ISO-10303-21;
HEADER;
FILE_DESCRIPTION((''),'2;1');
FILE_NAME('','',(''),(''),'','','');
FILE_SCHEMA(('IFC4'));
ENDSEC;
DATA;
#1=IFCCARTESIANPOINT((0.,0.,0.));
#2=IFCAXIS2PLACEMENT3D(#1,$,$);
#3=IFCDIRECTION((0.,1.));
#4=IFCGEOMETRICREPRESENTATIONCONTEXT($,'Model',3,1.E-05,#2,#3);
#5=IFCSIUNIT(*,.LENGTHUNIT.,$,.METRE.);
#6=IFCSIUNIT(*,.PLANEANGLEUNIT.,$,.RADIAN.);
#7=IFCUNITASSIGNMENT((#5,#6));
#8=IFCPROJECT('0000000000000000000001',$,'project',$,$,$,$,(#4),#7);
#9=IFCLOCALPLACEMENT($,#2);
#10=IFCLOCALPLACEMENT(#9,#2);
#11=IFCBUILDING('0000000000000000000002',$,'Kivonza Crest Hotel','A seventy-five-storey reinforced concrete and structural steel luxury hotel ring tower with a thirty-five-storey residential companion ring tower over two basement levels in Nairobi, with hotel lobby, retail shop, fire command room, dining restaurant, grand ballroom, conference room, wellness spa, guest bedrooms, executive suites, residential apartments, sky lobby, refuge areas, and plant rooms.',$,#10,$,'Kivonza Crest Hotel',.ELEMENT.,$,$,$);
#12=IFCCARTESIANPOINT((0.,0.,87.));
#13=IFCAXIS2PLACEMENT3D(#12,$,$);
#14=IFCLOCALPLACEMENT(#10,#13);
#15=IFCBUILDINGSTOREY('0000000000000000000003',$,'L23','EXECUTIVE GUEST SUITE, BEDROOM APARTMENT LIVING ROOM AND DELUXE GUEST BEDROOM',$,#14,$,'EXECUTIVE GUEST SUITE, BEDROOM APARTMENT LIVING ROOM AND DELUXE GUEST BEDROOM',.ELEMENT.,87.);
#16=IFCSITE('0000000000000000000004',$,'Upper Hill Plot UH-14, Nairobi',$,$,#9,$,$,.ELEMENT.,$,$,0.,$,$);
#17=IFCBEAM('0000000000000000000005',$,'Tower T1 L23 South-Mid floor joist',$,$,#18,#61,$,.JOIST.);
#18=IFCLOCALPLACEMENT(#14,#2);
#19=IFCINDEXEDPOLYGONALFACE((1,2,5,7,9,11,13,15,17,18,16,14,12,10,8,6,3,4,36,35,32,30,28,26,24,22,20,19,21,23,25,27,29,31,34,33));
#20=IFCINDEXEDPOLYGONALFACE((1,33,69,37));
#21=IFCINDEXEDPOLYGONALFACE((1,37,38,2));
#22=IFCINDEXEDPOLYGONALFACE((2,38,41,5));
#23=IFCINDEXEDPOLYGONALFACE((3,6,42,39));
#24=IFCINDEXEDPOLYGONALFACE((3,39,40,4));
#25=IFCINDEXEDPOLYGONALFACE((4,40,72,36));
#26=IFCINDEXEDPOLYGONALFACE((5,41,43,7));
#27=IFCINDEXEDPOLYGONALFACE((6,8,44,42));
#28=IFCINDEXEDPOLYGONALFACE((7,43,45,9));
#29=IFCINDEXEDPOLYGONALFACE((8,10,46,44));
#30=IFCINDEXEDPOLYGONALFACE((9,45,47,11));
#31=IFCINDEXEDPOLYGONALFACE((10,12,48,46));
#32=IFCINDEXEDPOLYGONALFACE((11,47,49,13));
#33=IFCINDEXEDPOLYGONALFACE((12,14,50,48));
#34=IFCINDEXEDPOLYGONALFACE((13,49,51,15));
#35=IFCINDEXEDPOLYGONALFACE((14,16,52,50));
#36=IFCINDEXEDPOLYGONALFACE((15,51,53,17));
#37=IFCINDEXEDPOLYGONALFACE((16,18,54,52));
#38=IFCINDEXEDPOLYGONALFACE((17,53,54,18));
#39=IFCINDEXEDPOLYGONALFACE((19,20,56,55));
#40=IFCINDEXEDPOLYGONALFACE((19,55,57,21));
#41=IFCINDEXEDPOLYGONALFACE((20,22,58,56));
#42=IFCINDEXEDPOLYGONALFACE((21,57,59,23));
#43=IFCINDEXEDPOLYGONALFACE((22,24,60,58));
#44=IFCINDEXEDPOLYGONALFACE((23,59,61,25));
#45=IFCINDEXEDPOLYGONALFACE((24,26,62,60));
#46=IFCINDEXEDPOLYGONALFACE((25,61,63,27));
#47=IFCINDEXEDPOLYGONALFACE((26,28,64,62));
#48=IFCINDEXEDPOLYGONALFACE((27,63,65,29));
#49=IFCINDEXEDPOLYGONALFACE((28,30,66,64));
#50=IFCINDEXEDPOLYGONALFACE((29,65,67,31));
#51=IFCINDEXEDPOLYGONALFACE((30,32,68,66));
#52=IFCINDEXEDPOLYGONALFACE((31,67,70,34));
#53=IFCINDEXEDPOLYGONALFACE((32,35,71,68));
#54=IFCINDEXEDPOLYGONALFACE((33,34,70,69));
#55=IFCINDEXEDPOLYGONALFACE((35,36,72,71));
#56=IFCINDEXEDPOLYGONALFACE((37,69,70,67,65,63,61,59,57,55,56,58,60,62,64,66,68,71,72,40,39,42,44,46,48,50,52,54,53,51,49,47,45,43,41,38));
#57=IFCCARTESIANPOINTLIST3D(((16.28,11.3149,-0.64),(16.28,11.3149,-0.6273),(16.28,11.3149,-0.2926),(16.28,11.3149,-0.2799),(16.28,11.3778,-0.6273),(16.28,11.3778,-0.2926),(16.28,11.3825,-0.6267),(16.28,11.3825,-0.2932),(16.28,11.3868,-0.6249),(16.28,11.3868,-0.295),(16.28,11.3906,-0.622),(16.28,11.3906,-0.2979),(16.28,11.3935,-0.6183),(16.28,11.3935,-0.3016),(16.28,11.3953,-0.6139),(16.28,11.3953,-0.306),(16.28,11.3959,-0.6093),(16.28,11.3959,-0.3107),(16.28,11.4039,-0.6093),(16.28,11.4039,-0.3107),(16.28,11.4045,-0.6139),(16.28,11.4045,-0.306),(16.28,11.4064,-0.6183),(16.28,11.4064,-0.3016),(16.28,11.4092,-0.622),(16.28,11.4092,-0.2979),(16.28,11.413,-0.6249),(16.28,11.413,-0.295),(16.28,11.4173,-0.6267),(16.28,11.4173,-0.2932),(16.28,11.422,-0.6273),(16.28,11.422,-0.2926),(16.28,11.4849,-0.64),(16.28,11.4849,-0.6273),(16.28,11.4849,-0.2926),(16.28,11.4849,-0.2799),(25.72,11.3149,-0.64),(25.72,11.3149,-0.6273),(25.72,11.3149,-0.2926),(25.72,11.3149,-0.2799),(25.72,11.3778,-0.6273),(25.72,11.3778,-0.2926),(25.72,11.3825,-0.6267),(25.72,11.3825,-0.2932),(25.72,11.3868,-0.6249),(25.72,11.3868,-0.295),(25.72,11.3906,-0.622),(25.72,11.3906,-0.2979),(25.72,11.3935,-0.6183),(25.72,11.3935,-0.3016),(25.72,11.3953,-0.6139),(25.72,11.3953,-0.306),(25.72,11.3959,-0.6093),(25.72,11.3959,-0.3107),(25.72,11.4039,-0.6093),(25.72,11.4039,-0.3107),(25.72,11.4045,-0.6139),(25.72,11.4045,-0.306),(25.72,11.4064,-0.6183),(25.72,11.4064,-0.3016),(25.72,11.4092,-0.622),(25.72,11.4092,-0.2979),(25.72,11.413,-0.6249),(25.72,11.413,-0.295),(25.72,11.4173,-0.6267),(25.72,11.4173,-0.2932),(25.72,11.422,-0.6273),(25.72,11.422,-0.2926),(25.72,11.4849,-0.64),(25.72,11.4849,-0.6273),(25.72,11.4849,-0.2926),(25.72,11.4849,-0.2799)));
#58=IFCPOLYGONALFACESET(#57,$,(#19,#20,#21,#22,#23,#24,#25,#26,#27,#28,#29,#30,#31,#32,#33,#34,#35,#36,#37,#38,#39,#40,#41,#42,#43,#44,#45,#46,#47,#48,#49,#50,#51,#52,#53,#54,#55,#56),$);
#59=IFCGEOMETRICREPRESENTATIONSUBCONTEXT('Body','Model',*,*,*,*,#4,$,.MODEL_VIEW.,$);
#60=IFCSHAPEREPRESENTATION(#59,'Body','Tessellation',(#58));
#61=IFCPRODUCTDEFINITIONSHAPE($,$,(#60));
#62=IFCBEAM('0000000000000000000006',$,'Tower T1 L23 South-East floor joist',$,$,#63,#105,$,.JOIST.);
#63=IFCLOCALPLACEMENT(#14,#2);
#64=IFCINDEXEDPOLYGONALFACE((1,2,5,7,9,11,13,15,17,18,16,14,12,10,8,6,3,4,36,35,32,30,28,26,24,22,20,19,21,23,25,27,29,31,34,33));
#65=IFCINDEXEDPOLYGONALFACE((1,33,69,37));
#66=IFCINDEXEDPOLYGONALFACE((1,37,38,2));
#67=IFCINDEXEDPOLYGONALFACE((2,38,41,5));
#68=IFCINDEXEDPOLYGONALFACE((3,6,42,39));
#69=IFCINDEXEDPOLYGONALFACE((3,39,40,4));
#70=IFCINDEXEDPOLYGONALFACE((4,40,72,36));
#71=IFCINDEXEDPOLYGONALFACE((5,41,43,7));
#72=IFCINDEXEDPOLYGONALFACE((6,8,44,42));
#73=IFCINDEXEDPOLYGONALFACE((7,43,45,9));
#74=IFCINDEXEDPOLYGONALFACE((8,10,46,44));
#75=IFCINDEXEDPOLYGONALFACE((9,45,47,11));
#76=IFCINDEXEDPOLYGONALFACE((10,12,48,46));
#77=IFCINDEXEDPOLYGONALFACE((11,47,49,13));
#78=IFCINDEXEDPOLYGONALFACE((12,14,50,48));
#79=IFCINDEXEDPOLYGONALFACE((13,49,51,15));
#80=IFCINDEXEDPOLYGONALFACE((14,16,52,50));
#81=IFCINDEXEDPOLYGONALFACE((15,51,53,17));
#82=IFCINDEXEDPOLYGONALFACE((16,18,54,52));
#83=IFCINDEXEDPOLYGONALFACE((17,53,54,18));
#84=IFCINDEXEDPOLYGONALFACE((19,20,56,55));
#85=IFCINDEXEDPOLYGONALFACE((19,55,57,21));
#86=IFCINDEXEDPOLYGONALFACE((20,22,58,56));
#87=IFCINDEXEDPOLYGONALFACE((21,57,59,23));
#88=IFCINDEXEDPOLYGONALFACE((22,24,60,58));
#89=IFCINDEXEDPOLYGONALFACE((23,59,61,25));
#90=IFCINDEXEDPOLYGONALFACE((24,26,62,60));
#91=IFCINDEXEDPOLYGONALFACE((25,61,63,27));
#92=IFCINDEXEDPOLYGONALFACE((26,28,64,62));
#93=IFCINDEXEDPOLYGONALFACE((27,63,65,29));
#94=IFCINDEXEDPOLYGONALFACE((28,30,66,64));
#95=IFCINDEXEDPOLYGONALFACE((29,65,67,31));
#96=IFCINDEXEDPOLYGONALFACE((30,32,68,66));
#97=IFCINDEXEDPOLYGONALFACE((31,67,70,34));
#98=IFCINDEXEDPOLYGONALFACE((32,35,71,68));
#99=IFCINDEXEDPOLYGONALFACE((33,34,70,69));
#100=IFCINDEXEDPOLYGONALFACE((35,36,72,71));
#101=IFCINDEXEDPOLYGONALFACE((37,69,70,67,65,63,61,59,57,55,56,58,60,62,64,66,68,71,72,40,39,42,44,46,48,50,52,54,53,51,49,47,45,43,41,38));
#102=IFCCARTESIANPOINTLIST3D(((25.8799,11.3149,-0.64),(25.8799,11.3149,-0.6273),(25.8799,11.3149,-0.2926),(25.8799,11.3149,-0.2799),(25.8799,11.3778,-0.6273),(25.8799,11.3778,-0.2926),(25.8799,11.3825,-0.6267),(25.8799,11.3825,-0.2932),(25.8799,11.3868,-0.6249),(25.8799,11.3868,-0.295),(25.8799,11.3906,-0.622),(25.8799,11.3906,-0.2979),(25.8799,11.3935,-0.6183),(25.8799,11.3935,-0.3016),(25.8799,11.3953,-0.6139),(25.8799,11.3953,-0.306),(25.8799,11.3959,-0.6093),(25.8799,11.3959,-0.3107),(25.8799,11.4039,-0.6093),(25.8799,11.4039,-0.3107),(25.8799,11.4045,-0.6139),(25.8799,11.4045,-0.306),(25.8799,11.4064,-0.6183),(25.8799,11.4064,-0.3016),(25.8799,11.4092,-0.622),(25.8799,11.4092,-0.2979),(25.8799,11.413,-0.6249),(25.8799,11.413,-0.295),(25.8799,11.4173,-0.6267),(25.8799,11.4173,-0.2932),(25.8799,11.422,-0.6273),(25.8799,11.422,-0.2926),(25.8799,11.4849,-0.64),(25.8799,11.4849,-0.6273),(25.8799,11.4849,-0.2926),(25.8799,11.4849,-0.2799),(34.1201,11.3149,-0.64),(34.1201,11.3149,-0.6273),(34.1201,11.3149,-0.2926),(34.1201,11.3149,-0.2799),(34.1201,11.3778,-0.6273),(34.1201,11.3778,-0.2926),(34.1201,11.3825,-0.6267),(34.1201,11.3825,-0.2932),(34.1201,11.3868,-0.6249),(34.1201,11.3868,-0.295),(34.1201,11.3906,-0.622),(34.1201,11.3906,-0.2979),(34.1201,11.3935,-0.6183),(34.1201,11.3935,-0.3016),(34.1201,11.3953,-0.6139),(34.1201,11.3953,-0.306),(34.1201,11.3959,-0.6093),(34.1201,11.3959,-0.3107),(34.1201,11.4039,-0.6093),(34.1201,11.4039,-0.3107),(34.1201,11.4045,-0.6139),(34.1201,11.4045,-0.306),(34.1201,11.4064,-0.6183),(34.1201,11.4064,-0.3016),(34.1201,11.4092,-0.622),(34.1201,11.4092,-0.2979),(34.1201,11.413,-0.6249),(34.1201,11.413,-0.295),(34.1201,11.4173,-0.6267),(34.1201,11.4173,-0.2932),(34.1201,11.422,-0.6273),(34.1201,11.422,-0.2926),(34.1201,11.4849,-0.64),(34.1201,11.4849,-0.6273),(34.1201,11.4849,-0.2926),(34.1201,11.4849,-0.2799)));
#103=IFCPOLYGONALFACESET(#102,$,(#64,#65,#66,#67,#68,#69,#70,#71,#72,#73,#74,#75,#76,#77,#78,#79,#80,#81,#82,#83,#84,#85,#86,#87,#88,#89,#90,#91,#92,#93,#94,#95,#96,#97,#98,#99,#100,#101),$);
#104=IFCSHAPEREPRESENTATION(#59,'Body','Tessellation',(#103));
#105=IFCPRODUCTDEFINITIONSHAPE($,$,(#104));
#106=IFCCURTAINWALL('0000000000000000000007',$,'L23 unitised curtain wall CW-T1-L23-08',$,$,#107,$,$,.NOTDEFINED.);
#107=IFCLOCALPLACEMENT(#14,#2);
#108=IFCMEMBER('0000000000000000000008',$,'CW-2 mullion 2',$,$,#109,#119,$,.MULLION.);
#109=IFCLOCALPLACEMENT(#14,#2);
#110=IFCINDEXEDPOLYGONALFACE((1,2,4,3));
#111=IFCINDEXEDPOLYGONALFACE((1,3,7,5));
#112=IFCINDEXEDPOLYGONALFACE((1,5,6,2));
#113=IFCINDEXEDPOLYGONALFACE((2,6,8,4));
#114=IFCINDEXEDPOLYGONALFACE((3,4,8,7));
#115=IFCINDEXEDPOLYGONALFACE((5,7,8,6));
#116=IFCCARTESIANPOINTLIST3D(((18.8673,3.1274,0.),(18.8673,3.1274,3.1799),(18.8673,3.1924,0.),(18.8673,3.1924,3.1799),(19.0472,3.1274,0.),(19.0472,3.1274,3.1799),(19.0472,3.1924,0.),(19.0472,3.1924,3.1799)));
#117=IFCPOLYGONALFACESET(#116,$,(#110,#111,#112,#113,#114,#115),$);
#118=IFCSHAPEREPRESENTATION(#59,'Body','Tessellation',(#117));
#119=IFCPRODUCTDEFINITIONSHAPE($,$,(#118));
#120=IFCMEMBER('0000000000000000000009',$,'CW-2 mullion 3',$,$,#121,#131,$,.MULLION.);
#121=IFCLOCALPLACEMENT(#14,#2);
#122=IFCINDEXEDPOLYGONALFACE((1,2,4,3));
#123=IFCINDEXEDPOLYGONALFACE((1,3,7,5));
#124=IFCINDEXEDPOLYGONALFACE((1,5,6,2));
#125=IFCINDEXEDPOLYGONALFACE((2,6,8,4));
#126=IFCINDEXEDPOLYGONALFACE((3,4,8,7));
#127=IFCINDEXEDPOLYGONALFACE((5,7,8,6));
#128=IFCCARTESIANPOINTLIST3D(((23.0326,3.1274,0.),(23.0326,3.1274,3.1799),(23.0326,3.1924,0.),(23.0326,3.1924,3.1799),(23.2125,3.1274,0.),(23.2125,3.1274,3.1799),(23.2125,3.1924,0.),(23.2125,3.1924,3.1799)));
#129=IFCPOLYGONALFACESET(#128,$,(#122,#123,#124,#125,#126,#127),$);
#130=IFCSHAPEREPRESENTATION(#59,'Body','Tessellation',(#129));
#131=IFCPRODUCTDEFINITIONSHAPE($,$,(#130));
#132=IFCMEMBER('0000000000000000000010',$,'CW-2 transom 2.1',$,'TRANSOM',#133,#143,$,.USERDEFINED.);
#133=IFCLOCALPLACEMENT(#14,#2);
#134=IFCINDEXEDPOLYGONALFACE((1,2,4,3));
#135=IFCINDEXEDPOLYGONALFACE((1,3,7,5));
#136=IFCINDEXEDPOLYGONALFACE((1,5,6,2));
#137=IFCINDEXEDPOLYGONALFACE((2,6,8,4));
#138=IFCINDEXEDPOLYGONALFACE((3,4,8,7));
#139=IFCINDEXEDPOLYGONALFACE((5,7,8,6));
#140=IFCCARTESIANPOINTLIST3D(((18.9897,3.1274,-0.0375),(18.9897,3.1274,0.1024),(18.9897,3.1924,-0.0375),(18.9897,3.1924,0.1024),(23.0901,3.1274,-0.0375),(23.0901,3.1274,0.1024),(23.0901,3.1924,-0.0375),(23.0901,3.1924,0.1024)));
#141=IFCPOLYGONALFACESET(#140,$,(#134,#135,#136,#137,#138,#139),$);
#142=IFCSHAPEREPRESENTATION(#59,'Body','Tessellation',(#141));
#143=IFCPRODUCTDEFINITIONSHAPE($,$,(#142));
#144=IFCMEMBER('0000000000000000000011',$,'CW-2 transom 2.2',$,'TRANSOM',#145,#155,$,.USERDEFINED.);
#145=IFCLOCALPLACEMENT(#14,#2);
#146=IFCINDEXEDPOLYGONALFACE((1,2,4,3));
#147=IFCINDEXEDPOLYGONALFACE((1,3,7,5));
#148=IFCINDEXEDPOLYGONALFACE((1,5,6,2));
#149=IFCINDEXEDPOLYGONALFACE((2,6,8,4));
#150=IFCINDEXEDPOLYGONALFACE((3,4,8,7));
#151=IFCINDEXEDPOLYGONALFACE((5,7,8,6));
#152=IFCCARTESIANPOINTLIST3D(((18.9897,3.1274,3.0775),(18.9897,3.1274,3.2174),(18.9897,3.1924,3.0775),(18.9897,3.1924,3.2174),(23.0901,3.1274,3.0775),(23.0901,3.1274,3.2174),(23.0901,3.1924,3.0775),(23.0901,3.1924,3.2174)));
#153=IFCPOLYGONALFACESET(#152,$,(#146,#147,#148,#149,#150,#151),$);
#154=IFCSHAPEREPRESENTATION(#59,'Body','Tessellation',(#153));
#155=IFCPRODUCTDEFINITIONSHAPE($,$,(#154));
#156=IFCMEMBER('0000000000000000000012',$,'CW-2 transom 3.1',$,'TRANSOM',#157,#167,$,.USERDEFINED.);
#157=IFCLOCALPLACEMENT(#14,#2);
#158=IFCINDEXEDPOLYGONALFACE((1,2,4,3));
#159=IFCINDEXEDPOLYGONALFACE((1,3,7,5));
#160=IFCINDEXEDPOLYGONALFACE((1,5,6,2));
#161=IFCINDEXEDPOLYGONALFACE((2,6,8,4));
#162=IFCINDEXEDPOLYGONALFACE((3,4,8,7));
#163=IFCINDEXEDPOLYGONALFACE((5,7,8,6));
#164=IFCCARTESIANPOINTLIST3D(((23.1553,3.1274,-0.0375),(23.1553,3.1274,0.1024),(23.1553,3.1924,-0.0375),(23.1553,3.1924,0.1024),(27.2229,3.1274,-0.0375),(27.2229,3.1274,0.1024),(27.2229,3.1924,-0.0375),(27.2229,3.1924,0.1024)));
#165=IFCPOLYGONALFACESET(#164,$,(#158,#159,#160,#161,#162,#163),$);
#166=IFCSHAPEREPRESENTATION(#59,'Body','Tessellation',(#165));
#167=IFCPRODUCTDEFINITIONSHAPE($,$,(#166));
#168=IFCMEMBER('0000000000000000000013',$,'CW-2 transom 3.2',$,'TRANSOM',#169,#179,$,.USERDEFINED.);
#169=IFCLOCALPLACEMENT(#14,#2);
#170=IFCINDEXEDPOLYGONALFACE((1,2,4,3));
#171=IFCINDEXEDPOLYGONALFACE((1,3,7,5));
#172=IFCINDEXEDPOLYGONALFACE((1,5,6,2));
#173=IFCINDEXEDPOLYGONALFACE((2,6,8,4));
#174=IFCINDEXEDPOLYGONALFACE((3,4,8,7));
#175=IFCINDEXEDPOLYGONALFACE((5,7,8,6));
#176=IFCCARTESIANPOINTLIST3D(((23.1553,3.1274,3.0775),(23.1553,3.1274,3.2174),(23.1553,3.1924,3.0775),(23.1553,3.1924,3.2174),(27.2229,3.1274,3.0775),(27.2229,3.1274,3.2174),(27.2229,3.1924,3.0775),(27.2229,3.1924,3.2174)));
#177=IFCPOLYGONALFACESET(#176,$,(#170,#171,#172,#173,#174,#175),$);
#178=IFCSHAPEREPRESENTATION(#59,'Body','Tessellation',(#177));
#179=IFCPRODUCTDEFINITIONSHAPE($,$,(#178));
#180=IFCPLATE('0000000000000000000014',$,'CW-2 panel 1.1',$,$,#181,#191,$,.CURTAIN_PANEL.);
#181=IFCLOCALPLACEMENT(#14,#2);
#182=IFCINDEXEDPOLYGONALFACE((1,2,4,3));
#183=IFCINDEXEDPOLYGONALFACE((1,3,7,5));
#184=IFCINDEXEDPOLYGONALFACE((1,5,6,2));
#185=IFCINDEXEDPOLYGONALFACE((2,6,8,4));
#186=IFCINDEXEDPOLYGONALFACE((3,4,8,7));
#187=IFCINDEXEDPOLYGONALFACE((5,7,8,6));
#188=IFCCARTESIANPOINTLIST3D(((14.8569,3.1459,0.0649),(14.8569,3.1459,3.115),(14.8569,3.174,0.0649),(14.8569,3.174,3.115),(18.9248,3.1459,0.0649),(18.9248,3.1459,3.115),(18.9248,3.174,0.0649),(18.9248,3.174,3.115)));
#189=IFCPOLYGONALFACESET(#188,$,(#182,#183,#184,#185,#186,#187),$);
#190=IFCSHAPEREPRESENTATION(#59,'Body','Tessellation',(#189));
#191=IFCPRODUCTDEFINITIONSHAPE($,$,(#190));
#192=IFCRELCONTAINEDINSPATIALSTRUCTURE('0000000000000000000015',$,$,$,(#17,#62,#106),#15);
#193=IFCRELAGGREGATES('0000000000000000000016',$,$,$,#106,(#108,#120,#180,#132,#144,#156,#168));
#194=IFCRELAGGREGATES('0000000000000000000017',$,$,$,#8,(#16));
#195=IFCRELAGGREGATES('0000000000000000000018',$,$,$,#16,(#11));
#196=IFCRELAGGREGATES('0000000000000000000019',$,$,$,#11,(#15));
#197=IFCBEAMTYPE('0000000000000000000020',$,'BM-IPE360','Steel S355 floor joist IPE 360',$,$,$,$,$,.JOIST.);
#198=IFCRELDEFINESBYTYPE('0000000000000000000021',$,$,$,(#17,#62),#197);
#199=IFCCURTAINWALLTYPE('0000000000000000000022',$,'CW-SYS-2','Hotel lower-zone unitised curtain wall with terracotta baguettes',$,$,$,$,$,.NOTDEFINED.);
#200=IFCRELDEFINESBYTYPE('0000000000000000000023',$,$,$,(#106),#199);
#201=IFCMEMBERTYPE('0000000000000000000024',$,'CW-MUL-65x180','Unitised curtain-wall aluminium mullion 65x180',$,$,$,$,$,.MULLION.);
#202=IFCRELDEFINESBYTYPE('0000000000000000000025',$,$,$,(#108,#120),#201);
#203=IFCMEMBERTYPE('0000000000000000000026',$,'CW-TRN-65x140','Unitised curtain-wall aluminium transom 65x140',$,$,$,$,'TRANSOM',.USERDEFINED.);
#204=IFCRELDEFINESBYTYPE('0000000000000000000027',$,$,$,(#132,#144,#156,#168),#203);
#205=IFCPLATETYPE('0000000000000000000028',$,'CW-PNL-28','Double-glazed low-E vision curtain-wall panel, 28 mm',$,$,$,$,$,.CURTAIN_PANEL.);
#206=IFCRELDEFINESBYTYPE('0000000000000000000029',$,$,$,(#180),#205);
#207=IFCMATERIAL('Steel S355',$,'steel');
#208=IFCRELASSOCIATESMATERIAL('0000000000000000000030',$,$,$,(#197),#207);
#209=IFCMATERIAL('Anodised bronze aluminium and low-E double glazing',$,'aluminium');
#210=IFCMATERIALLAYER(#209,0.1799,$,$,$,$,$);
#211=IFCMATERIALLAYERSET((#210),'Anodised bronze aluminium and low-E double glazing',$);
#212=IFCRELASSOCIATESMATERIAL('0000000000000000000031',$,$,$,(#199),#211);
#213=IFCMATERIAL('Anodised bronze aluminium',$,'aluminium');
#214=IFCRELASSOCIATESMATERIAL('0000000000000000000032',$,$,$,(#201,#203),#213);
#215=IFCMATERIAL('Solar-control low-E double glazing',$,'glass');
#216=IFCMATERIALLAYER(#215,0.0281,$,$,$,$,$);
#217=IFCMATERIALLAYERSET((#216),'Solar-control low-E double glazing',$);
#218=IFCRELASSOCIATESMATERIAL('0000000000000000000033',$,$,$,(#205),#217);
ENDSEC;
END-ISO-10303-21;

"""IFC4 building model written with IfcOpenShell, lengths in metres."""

from ifc_helpers import new_model, si_unit, direction, frame, origin, origin_2d, place, context, subcontext, project, spatial, rectangle, i_section, extrude, material, layer, layer_set, material_profile, profile_set, type_object, element, aggregate, save


model = new_model("IFC4")

# Units and contexts
model_context = context("Model", 3, precision=1e-05, world=origin(), true_north=direction((0.0, 1.0)))
body_context = subcontext(model_context, "Body", "Model", "MODEL_VIEW")
ifc_project = project(units=[si_unit("LENGTHUNIT", "METRE"), si_unit("PLANEANGLEUNIT", "RADIAN")], contexts=[model_context])

# Site, building, storey
site_placement = place(None, origin())
site = spatial("IfcSite", under=ifc_project, at=site_placement, Name="Upper Hill Plot UH-14, Nairobi", CompositionType="ELEMENT", RefElevation=0.0)
building_placement = place(site_placement, origin())
building = spatial("IfcBuilding", under=site, at=building_placement, Name="Kivonza Crest Hotel", Description="A seventy-five-storey reinforced concrete and structural steel luxury hotel ring tower with a thirty-five-storey residential companion ring tower over two basement levels in Nairobi, with hotel lobby, retail shop, fire command room, dining restaurant, grand ballroom, conference room, wellness spa, guest bedrooms, executive suites, residential apartments, sky lobby, refuge areas, and plant rooms.", LongName="Kivonza Crest Hotel", CompositionType="ELEMENT")
storey_placement = place(building_placement, frame((0.0, 0.0, 87.0)))
storey = spatial("IfcBuildingStorey", under=building, at=storey_placement, Name="L23", Description="EXECUTIVE GUEST SUITE, BEDROOM APARTMENT LIVING ROOM AND DELUXE GUEST BEDROOM", LongName="EXECUTIVE GUEST SUITE, BEDROOM APARTMENT LIVING ROOM AND DELUXE GUEST BEDROOM", CompositionType="ELEMENT", Elevation=87.0)

# Beams
ifc_material_1 = material(Name="Steel S355", Category="steel")
ifc_material_profile_1 = material_profile(ifc_material_1, i_section(OverallWidth=0.1699, OverallDepth=0.3601, WebThickness=0.0081, FlangeThickness=0.0127, FilletRadius=0.0181, at=origin_2d()), Name="IPE 360")
ifc_profile_set_1 = profile_set([ifc_material_profile_1], Name="Steel S355")
beam_type_1 = type_object("IfcBeamType", Name="BM-IPE360", Description="Steel S355 floor joist IPE 360", PredefinedType="JOIST", material=ifc_profile_set_1)
beam_1_placement = place(storey_placement, frame((16.28, 11.3999, -0.46), z_axis=(1.0, 0.0, 0.0), x_axis=(0.0, 1.0, 0.0)))
element("IfcBeam", 1, at=beam_1_placement, inside=storey, type_object=beam_type_1, Name="Tower T1 L23 South-Mid floor joist", PredefinedType="JOIST", context=body_context, shape_type="SweptSolid", body=[
    extrude(i_section(OverallWidth=0.1699, OverallDepth=0.3601, WebThickness=0.0081, FlangeThickness=0.0127, FilletRadius=0.0181, at=origin_2d()), origin(), (0.0, 0.0, 1.0), 9.4399),
])
beam_2_placement = place(storey_placement, frame((25.8799, 11.3999, -0.46), z_axis=(1.0, 0.0, 0.0), x_axis=(0.0, 1.0, 0.0)))
element("IfcBeam", 2, at=beam_2_placement, inside=storey, type_object=beam_type_1, Name="Tower T1 L23 South-East floor joist", PredefinedType="JOIST", context=body_context, shape_type="SweptSolid", body=[
    extrude(i_section(OverallWidth=0.1699, OverallDepth=0.3601, WebThickness=0.0081, FlangeThickness=0.0127, FilletRadius=0.0181, at=origin_2d()), origin(), (0.0, 0.0, 1.0), 8.2402),
])

# Curtain wall, members, plate
ifc_material_2 = material(Name="Anodised bronze aluminium and low-E double glazing", Category="aluminium")
ifc_layer_1 = layer(ifc_material_2, 0.1799)
ifc_layer_set_1 = layer_set([ifc_layer_1], Name="Anodised bronze aluminium and low-E double glazing")
curtain_wall_type = type_object("IfcCurtainWallType", Name="CW-SYS-2", Description="Hotel lower-zone unitised curtain wall with terracotta baguettes", PredefinedType="NOTDEFINED", material=ifc_layer_set_1)
curtain_wall_placement = place(storey_placement, origin())
curtain_wall = element("IfcCurtainWall", 3, at=curtain_wall_placement, inside=storey, type_object=curtain_wall_type, Name="L23 unitised curtain wall CW-T1-L23-08", PredefinedType="NOTDEFINED")
ifc_material_3 = material(Name="Anodised bronze aluminium", Category="aluminium")
ifc_material_profile_2 = material_profile(ifc_material_3, rectangle(XDim=0.0649, YDim=0.1799, at=origin_2d()), Name="CW-M 65x180")
ifc_profile_set_2 = profile_set([ifc_material_profile_2], Name="Anodised bronze aluminium")
member_type_1 = type_object("IfcMemberType", Name="CW-MUL-65x180", Description="Unitised curtain-wall aluminium mullion 65x180", PredefinedType="MULLION", material=ifc_profile_set_2)
member_1_placement = place(storey_placement, frame((18.9573, 3.1599, 0.0), z_axis=(0.0, 0.0, 1.0), x_axis=(0.0, 1.0, 0.0)))
member_1 = element("IfcMember", 4, at=member_1_placement, type_object=member_type_1, Name="CW-2 mullion 2", PredefinedType="MULLION", context=body_context, shape_type="SweptSolid", body=[
    extrude(rectangle(XDim=0.0649, YDim=0.1799, at=origin_2d()), origin(), (0.0, 0.0, 1.0), 3.1799),
])
member_2_placement = place(storey_placement, frame((23.1226, 3.1599, 0.0), z_axis=(0.0, 0.0, 1.0), x_axis=(0.0, 1.0, 0.0)))
member_2 = element("IfcMember", 5, at=member_2_placement, type_object=member_type_1, Name="CW-2 mullion 3", PredefinedType="MULLION", context=body_context, shape_type="SweptSolid", body=[
    extrude(rectangle(XDim=0.0649, YDim=0.1799, at=origin_2d()), origin(), (0.0, 0.0, 1.0), 3.1799),
])
ifc_material_profile_3 = material_profile(ifc_material_3, rectangle(XDim=0.0649, YDim=0.1399, at=origin_2d()), Name="CW-T 65x140")
ifc_profile_set_3 = profile_set([ifc_material_profile_3], Name="Anodised bronze aluminium")
member_type_2 = type_object("IfcMemberType", Name="CW-TRN-65x140", Description="Unitised curtain-wall aluminium transom 65x140", ElementType="TRANSOM", PredefinedType="USERDEFINED", material=ifc_profile_set_3)
member_3_placement = place(storey_placement, frame((18.9897, 3.1599, 0.0325), z_axis=(1.0, 0.0, 0.0), x_axis=(0.0, 1.0, 0.0)))
member_3 = element("IfcMember", 6, at=member_3_placement, type_object=member_type_2, Name="CW-2 transom 2.1", ObjectType="TRANSOM", PredefinedType="USERDEFINED", context=body_context, shape_type="SweptSolid", body=[
    extrude(rectangle(XDim=0.0649, YDim=0.1399, at=origin_2d()), origin(), (0.0, 0.0, 1.0), 4.1003),
])
member_4_placement = place(storey_placement, frame((18.9897, 3.1599, 3.1475), z_axis=(1.0, 0.0, 0.0), x_axis=(0.0, 1.0, 0.0)))
member_4 = element("IfcMember", 7, at=member_4_placement, type_object=member_type_2, Name="CW-2 transom 2.2", ObjectType="TRANSOM", PredefinedType="USERDEFINED", context=body_context, shape_type="SweptSolid", body=[
    extrude(rectangle(XDim=0.0649, YDim=0.1399, at=origin_2d()), origin(), (0.0, 0.0, 1.0), 4.1003),
])
member_5_placement = place(storey_placement, frame((23.1553, 3.1599, 0.0325), z_axis=(1.0, 0.0, 0.0), x_axis=(0.0, 1.0, 0.0)))
member_5 = element("IfcMember", 8, at=member_5_placement, type_object=member_type_2, Name="CW-2 transom 3.1", ObjectType="TRANSOM", PredefinedType="USERDEFINED", context=body_context, shape_type="SweptSolid", body=[
    extrude(rectangle(XDim=0.0649, YDim=0.1399, at=origin_2d()), origin(), (0.0, 0.0, 1.0), 4.0676),
])
member_6_placement = place(storey_placement, frame((23.1553, 3.1599, 3.1475), z_axis=(1.0, 0.0, 0.0), x_axis=(0.0, 1.0, 0.0)))
member_6 = element("IfcMember", 9, at=member_6_placement, type_object=member_type_2, Name="CW-2 transom 3.2", ObjectType="TRANSOM", PredefinedType="USERDEFINED", context=body_context, shape_type="SweptSolid", body=[
    extrude(rectangle(XDim=0.0649, YDim=0.1399, at=origin_2d()), origin(), (0.0, 0.0, 1.0), 4.0676),
])
ifc_material_4 = material(Name="Solar-control low-E double glazing", Category="glass")
ifc_layer_2 = layer(ifc_material_4, 0.0281)
ifc_layer_set_2 = layer_set([ifc_layer_2], Name="Solar-control low-E double glazing")
plate_type = type_object("IfcPlateType", Name="CW-PNL-28", Description="Double-glazed low-E vision curtain-wall panel, 28 mm", PredefinedType="CURTAIN_PANEL", material=ifc_layer_set_2)
plate_1_placement = place(storey_placement, frame((16.8909, 3.1599, 0.0649), z_axis=(0.0, 0.0, 1.0), x_axis=(1.0, 0.0, 0.0)))
plate_1 = element("IfcPlate", 10, at=plate_1_placement, type_object=plate_type, Name="CW-2 panel 1.1", PredefinedType="CURTAIN_PANEL", context=body_context, shape_type="SweptSolid", body=[
    extrude(rectangle(XDim=4.0679, YDim=0.0281, at=origin_2d()), origin(), (0.0, 0.0, 1.0), 3.05),
])
aggregate(curtain_wall, [member_1, member_2, plate_1, member_3, member_4, member_5, member_6])

save(model, "model.ifc")
